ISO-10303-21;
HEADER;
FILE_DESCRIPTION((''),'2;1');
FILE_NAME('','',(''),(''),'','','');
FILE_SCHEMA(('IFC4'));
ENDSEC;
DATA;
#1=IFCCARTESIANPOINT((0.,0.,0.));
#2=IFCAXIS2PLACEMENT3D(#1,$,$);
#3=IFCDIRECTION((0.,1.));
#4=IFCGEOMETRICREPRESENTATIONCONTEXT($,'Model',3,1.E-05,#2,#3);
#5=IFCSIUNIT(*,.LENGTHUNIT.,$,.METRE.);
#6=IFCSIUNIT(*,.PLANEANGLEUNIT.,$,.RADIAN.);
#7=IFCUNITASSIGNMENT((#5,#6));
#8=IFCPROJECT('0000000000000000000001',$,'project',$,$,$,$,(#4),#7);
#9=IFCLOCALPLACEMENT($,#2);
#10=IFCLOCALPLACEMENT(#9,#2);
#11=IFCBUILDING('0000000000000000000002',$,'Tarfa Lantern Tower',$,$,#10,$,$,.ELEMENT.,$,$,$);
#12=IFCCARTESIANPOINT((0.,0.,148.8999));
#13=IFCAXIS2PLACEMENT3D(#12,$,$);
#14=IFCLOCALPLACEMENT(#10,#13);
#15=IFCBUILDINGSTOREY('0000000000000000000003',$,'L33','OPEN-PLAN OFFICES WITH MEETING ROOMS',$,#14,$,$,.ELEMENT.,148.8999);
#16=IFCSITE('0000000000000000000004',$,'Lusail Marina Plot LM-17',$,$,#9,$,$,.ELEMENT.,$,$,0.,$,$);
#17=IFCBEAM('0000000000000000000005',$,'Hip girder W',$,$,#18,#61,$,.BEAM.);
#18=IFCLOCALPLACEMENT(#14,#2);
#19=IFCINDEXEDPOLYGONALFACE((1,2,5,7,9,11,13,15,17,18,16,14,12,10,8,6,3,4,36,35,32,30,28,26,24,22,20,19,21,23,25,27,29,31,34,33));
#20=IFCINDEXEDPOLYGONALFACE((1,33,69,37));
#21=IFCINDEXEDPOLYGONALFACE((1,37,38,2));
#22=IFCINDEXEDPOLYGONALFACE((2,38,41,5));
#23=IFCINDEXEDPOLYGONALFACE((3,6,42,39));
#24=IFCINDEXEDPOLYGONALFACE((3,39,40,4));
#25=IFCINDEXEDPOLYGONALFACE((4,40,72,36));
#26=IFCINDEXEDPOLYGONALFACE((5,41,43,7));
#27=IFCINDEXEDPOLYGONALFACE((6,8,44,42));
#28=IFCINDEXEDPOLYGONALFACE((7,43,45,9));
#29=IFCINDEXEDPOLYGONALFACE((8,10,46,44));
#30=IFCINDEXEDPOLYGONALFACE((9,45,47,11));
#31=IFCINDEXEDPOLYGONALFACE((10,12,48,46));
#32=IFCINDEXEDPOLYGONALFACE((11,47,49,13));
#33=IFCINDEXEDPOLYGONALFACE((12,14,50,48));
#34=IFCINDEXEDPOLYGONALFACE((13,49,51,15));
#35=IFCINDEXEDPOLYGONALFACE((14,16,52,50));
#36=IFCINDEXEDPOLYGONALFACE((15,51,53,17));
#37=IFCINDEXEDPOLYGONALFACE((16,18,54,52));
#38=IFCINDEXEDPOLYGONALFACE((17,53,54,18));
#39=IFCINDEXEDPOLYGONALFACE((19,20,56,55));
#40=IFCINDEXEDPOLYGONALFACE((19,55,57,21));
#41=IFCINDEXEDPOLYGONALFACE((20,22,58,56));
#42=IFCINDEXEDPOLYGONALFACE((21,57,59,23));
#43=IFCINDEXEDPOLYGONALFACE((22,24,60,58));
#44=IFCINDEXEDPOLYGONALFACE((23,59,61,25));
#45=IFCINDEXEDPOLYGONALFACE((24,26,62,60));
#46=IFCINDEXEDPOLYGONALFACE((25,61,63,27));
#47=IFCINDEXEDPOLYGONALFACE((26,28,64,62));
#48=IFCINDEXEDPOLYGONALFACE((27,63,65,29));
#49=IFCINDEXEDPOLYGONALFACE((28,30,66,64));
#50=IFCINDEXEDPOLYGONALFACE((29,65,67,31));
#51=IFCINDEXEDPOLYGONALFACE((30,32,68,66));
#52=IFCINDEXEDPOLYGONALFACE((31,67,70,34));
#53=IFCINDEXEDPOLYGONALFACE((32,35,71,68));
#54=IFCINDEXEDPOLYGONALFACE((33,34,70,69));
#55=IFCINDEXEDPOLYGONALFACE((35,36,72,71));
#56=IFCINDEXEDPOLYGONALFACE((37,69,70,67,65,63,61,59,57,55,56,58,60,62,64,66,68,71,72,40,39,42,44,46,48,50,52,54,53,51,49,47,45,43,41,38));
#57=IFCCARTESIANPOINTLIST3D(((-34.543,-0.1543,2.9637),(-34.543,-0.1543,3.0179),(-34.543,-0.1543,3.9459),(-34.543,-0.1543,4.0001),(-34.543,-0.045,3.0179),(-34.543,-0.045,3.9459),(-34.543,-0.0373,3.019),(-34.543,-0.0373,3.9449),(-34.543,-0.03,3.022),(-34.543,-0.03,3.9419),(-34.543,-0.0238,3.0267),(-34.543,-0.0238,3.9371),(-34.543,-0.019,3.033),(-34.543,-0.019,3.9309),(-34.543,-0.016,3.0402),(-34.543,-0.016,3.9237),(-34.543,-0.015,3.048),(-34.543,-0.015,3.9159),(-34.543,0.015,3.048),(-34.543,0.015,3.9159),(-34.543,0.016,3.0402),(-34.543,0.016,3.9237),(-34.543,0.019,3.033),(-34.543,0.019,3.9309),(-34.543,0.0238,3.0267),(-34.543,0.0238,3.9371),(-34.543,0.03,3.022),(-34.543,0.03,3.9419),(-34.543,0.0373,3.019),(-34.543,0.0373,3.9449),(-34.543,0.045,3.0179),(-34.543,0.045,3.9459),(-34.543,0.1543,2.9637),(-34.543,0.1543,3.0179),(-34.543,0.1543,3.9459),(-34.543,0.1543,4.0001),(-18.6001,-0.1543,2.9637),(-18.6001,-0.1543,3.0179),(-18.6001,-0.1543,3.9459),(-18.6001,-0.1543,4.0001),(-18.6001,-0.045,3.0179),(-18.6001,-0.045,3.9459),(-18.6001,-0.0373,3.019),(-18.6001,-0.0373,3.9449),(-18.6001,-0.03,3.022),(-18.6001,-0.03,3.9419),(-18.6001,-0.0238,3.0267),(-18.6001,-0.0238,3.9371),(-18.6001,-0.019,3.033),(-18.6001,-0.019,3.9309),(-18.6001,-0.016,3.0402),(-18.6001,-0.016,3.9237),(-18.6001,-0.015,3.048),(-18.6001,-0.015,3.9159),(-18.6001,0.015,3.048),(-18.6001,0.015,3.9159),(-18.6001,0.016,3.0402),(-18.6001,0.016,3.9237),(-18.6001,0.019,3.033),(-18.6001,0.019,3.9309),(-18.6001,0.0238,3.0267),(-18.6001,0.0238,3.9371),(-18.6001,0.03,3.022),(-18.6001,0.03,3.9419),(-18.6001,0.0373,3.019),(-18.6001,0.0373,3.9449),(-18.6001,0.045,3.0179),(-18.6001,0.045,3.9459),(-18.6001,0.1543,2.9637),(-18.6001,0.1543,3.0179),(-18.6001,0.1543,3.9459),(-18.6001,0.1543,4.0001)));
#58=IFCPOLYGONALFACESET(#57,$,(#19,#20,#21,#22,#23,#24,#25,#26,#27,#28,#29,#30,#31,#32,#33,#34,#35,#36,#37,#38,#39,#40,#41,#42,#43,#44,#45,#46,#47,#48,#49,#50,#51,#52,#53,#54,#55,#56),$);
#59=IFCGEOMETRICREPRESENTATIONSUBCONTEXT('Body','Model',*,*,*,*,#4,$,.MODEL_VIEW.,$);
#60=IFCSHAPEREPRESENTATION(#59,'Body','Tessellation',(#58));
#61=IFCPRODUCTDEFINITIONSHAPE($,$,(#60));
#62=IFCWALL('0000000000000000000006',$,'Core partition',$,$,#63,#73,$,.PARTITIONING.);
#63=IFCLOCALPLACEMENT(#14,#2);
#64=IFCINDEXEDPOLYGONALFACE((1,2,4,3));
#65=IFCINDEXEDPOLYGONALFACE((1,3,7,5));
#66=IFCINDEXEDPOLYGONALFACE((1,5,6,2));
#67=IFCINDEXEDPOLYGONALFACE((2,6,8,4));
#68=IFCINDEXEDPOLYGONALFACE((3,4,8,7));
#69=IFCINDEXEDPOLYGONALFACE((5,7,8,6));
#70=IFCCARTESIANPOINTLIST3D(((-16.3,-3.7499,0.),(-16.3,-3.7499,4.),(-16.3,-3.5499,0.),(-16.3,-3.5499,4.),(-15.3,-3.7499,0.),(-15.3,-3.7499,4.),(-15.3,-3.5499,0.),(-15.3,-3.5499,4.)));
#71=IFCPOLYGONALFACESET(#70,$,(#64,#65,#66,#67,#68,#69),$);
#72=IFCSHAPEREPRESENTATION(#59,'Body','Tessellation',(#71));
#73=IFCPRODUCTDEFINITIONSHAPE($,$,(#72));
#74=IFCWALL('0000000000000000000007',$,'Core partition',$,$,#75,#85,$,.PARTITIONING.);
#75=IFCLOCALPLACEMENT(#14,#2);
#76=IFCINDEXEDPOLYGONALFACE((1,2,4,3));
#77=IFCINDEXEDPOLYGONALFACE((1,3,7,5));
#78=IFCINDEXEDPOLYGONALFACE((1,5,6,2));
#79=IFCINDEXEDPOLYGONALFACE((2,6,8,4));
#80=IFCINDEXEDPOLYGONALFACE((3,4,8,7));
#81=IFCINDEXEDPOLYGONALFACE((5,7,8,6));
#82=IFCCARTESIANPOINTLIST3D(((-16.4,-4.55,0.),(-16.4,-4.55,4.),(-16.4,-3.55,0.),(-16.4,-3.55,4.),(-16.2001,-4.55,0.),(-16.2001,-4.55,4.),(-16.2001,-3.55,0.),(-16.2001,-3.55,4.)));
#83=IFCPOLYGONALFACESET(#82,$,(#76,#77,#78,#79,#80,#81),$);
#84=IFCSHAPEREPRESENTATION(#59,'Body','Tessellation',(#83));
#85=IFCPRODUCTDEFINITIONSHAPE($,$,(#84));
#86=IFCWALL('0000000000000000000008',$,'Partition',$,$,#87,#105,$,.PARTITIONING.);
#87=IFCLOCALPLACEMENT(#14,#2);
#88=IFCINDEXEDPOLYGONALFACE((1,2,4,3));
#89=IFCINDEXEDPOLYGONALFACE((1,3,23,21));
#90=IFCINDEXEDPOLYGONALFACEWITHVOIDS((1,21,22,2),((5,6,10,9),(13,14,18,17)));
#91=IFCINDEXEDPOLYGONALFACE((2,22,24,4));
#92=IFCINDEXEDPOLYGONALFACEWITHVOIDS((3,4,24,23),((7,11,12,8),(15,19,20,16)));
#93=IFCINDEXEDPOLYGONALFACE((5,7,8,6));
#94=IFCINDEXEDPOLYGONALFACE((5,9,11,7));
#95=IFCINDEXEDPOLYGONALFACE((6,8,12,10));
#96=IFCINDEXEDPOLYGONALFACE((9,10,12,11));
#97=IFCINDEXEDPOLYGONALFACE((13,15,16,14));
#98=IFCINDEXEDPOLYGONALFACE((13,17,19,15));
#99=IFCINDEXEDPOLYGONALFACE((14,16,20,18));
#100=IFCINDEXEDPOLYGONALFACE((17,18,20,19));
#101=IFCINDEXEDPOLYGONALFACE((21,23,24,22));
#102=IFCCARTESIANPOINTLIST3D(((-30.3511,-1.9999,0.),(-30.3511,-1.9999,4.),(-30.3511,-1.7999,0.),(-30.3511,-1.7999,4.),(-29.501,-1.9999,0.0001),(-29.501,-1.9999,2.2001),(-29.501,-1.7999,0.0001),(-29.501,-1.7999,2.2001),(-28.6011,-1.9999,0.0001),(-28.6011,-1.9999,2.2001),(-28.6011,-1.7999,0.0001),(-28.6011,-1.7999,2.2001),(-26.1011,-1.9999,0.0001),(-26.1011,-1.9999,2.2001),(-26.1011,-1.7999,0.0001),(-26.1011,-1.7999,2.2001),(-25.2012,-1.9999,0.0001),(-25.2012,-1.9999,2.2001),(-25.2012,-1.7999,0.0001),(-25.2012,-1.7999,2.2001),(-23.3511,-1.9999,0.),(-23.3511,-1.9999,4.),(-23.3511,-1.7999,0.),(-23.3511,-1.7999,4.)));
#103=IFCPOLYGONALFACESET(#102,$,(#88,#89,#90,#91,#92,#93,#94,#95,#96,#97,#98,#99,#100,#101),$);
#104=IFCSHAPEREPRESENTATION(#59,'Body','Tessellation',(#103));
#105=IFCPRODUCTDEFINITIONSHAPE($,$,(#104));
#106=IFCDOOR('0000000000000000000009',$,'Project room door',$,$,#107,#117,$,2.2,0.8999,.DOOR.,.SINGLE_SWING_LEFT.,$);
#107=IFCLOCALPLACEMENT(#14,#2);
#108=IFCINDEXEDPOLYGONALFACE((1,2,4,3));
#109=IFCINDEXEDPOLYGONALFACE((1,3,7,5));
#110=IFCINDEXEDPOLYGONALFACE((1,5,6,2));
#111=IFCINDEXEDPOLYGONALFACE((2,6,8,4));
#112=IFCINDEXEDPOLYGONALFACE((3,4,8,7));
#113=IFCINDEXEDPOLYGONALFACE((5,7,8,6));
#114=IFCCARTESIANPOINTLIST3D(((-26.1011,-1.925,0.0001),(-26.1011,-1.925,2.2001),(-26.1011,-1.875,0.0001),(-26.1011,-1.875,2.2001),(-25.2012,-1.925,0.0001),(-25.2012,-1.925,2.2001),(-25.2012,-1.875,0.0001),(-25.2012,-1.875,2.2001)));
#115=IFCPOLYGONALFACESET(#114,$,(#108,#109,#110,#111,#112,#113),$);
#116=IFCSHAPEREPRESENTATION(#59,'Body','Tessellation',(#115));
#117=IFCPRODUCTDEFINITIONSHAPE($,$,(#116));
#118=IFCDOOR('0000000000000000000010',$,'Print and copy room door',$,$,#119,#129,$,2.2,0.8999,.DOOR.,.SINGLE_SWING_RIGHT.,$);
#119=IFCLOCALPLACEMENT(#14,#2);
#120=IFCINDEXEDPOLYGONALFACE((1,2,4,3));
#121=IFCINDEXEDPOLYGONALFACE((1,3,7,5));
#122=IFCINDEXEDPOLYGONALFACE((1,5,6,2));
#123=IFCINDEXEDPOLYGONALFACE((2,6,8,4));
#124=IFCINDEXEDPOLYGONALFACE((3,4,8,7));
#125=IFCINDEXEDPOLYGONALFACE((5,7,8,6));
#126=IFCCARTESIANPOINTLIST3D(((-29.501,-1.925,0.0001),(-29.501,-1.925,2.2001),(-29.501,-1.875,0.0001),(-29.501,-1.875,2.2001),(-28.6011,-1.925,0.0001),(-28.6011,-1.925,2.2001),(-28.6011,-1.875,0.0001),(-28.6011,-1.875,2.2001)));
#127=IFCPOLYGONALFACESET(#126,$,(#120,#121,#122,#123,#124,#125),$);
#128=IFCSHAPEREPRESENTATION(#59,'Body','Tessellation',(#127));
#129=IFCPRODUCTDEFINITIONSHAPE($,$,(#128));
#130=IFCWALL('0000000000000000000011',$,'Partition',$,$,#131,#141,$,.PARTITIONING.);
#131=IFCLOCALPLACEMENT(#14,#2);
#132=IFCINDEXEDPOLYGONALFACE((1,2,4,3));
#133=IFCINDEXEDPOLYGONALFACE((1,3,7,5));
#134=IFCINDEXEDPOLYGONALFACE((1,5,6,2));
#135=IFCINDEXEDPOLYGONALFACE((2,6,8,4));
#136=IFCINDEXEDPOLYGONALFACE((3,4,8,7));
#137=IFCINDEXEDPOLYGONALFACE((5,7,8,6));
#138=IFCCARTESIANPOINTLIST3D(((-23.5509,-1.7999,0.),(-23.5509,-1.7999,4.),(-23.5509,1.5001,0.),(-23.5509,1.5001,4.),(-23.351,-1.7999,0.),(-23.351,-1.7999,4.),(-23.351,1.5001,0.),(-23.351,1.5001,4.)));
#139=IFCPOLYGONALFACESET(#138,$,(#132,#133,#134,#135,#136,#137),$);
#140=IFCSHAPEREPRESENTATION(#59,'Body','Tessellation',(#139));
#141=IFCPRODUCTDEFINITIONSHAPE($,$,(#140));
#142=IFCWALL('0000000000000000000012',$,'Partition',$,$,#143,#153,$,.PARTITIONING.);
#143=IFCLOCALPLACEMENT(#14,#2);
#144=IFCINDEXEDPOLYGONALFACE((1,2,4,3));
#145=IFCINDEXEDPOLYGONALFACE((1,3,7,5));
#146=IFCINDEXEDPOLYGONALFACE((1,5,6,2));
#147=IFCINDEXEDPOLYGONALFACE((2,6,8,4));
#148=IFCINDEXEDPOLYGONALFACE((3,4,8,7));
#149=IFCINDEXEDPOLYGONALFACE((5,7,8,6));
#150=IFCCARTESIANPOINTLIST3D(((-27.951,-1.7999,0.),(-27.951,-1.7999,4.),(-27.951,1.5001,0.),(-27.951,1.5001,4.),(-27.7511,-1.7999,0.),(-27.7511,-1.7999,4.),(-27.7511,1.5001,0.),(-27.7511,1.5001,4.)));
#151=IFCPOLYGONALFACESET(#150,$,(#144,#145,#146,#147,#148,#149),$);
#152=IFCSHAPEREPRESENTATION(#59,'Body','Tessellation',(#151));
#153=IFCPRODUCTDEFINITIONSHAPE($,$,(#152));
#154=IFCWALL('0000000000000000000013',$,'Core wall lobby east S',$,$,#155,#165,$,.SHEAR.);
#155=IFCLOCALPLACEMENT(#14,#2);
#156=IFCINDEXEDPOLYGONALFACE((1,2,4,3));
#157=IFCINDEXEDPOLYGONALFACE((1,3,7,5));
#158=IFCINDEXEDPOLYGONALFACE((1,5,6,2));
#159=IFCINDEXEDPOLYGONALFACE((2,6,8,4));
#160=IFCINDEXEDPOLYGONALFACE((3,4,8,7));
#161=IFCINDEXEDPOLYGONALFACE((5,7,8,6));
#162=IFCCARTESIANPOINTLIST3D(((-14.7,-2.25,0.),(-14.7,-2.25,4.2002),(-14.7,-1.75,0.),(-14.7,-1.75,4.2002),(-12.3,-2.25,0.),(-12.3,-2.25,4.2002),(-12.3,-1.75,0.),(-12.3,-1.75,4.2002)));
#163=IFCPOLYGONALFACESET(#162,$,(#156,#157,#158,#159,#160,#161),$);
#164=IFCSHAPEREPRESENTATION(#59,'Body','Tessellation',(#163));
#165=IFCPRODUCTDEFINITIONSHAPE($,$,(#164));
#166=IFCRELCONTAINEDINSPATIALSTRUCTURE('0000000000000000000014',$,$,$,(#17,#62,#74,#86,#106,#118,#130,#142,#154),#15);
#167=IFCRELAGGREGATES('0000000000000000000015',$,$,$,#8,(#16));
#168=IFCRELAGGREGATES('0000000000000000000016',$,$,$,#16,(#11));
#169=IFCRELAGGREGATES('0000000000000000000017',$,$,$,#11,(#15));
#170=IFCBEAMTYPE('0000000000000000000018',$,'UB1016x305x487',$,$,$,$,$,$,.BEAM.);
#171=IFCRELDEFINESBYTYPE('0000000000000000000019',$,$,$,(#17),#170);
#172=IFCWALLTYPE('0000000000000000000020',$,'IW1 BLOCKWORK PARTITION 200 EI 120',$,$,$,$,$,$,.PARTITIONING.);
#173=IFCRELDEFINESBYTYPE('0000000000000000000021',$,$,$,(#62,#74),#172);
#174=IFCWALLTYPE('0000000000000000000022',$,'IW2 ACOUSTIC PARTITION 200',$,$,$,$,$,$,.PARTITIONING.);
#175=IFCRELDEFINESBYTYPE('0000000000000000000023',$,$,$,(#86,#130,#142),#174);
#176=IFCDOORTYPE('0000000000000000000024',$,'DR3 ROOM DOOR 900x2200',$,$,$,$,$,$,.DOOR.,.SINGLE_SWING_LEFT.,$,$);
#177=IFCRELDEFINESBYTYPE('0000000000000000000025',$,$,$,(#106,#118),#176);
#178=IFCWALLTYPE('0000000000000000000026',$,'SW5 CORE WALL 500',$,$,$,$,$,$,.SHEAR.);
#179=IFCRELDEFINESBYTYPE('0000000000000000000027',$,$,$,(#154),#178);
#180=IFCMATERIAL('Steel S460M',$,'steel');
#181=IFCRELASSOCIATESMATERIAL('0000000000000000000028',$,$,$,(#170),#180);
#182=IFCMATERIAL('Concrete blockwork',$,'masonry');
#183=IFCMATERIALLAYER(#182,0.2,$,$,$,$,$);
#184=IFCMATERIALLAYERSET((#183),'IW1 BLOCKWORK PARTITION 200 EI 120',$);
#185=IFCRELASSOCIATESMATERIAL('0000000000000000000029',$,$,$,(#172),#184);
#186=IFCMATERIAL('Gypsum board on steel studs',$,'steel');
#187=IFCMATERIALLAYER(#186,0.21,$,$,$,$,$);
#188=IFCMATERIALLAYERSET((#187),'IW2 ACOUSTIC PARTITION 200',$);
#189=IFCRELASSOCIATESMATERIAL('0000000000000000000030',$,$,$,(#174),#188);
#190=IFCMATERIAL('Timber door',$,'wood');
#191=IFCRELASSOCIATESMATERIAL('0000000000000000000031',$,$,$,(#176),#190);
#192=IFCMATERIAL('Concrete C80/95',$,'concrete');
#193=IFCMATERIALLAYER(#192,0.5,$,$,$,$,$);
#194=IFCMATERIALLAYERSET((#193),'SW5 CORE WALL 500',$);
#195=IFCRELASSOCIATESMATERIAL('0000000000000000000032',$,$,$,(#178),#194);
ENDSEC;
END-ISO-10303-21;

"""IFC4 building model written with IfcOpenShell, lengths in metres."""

from ifc_helpers import new_model, si_unit, direction, frame, frame_2d, origin, origin_2d, place, context, subcontext, project, spatial, rectangle, i_section, extrude, material, layer, layer_set, material_profile, profile_set, type_object, element, fill, save


model = new_model("IFC4")

# Units and contexts
model_context = context("Model", 3, precision=1e-05, world=origin(), true_north=direction((0.0, 1.0)))
body_context = subcontext(model_context, "Body", "Model", "MODEL_VIEW")
ifc_project = project(units=[si_unit("LENGTHUNIT", "METRE"), si_unit("PLANEANGLEUNIT", "RADIAN")], contexts=[model_context])

# Site, building, storey
site_placement = place(None, origin())
site = spatial("IfcSite", under=ifc_project, at=site_placement, Name="Lusail Marina Plot LM-17", CompositionType="ELEMENT", RefElevation=0.0)
building_placement = place(site_placement, origin())
building = spatial("IfcBuilding", under=site, at=building_placement, Name="Tarfa Lantern Tower", CompositionType="ELEMENT")
storey_placement = place(building_placement, frame((0.0, 0.0, 148.8999)))
storey = spatial("IfcBuildingStorey", under=building, at=storey_placement, Name="L33", Description="OPEN-PLAN OFFICES WITH MEETING ROOMS", CompositionType="ELEMENT", Elevation=148.8999)

# Beam
ifc_material_1 = material(Name="Steel S460M", Category="steel")
ifc_material_profile = material_profile(ifc_material_1, i_section(OverallWidth=0.3086, OverallDepth=1.0364, WebThickness=0.03, FlangeThickness=0.0542, FilletRadius=0.03, at=origin_2d()), Name="UB1016x305x487")
ifc_profile_set = profile_set([ifc_material_profile], Name="Steel S460M")
beam_type = type_object("IfcBeamType", Name="UB1016x305x487", PredefinedType="BEAM", material=ifc_profile_set)
beam_placement = place(storey_placement, frame((-18.6001, 0.0, 3.4819), z_axis=(-1.0, 0.0, 0.0), x_axis=(0.0, -1.0, 0.0)))
element("IfcBeam", 1, at=beam_placement, inside=storey, type_object=beam_type, Name="Hip girder W", PredefinedType="BEAM", context=body_context, shape_type="SweptSolid", body=[
    extrude(i_section(OverallWidth=0.3086, OverallDepth=1.0364, WebThickness=0.03, FlangeThickness=0.0542, FilletRadius=0.03, at=origin_2d()), origin(), (0.0, 0.0, 1.0), 15.9429),
])

# Walls
ifc_material_2 = material(Name="Concrete blockwork", Category="masonry")
ifc_layer_1 = layer(ifc_material_2, 0.2)
ifc_layer_set_1 = layer_set([ifc_layer_1], Name="IW1 BLOCKWORK PARTITION 200 EI 120")
wall_type_1 = type_object("IfcWallType", Name="IW1 BLOCKWORK PARTITION 200 EI 120", PredefinedType="PARTITIONING", material=ifc_layer_set_1)
for number, where, z_axis, x_axis, name in (
    (2, (-15.3, -3.6499, 0.0), (0.0, 0.0, 1.0), (-1.0, 0.0, 0.0), "Core partition"),
    (3, (-16.3, -3.55, 0.0), (0.0, 0.0, 1.0), (0.0, -1.0, 0.0), "Core partition"),
):
    element("IfcWall", number, at=place(storey_placement, frame(where, z_axis=z_axis, x_axis=x_axis)), inside=storey, type_object=wall_type_1, Name=name, PredefinedType="PARTITIONING", context=body_context, shape_type="SweptSolid", body=[
        extrude(rectangle(XDim=1.0, YDim=0.2, at=frame_2d((0.5, 0.0))), origin(), (0.0, 0.0, 1.0), 4.0),
    ])

# Wall, openings, doors
ifc_material_3 = material(Name="Gypsum board on steel studs", Category="steel")
ifc_layer_2 = layer(ifc_material_3, 0.21)
ifc_layer_set_2 = layer_set([ifc_layer_2], Name="IW2 ACOUSTIC PARTITION 200")
wall_type_2 = type_object("IfcWallType", Name="IW2 ACOUSTIC PARTITION 200", PredefinedType="PARTITIONING", material=ifc_layer_set_2)
wall_1_placement = place(storey_placement, frame((-23.3511, -1.8999, 0.0), z_axis=(0.0, 0.0, 1.0), x_axis=(-1.0, 0.0, 0.0)))
wall_1 = element("IfcWall", 4, at=wall_1_placement, inside=storey, type_object=wall_type_2, Name="Partition", PredefinedType="PARTITIONING", context=body_context, shape_type="SweptSolid", body=[
    extrude(rectangle(XDim=7.0, YDim=0.2, at=frame_2d((3.5, 0.0))), origin(), (0.0, 0.0, 1.0), 4.0),
])
opening_1_placement = place(wall_1_placement, frame((1.8501, 0.0, 0.0)))
opening_1 = element("IfcOpeningElement", 5, at=opening_1_placement, cuts=wall_1, PredefinedType="OPENING", context=body_context, shape_type="SweptSolid", body=[
    extrude(rectangle(XDim=0.8999, YDim=2.2, at=frame_2d((0.45, 1.1001))), frame((0.0, 0.1099, 0.0), z_axis=(0.0, -1.0, 0.0), x_axis=(1.0, 0.0, 0.0)), (0.0, 0.0, 1.0), 0.22),
])
opening_2_placement = place(wall_1_placement, frame((5.25, 0.0, 0.0)))
opening_2 = element("IfcOpeningElement", 6, at=opening_2_placement, cuts=wall_1, PredefinedType="OPENING", context=body_context, shape_type="SweptSolid", body=[
    extrude(rectangle(XDim=0.8999, YDim=2.2, at=frame_2d((0.45, 1.1001))), frame((0.0, 0.1099, 0.0), z_axis=(0.0, -1.0, 0.0), x_axis=(1.0, 0.0, 0.0)), (0.0, 0.0, 1.0), 0.22),
])
ifc_material_4 = material(Name="Timber door", Category="wood")
door_type_1 = type_object("IfcDoorType", Name="DR3 ROOM DOOR 900x2200", OperationType="SINGLE_SWING_LEFT", PredefinedType="DOOR", material=ifc_material_4)
door_1_placement = place(opening_1_placement, frame((0.8999, 0.0, 0.0), z_axis=(0.0, 0.0, 1.0), x_axis=(-1.0, 0.0, 0.0)))
door_1 = element("IfcDoor", 7, at=door_1_placement, inside=storey, type_object=door_type_1, Name="Project room door", OperationType="SINGLE_SWING_LEFT", OverallHeight=2.2, OverallWidth=0.8999, PredefinedType="DOOR", context=body_context, shape_type="SweptSolid", body=[
    extrude(rectangle(XDim=0.8999, YDim=2.2, at=frame_2d((0.45, 1.1001))), frame((0.0, 0.0249, 0.0), z_axis=(0.0, -1.0, 0.0), x_axis=(1.0, 0.0, 0.0)), (0.0, 0.0, 1.0), 0.05),
])
fill(opening_1, door_1)
door_2_placement = place(opening_2_placement, frame((0.8999, 0.0, 0.0), z_axis=(0.0, 0.0, 1.0), x_axis=(-1.0, 0.0, 0.0)))
door_2 = element("IfcDoor", 8, at=door_2_placement, inside=storey, type_object=door_type_1, Name="Print and copy room door", OperationType="SINGLE_SWING_RIGHT", OverallHeight=2.2, OverallWidth=0.8999, PredefinedType="DOOR", context=body_context, shape_type="SweptSolid", body=[
    extrude(rectangle(XDim=0.8999, YDim=2.2, at=frame_2d((0.45, 1.1001))), frame((0.0, 0.0249, 0.0), z_axis=(0.0, -1.0, 0.0), x_axis=(1.0, 0.0, 0.0)), (0.0, 0.0, 1.0), 0.05),
])
fill(opening_2, door_2)

# Walls
for number, where, z_axis, x_axis, name in (
    (9, (-23.4509, 1.5, 0.0), (0.0, 0.0, 1.0), (0.0, -1.0, 0.0), "Partition"),
    (10, (-27.8511, 1.5, 0.0), (0.0, 0.0, 1.0), (0.0, -1.0, 0.0), "Partition"),
):
    element("IfcWall", number, at=place(storey_placement, frame(where, z_axis=z_axis, x_axis=x_axis)), inside=storey, type_object=wall_type_2, Name=name, PredefinedType="PARTITIONING", context=body_context, shape_type="SweptSolid", body=[
        extrude(rectangle(XDim=3.3, YDim=0.2, at=frame_2d((1.6499, 0.0))), origin(), (0.0, 0.0, 1.0), 4.0),
    ])
ifc_material_5 = material(Name="Concrete C80/95", Category="concrete")
ifc_layer_3 = layer(ifc_material_5, 0.5)
ifc_layer_set_3 = layer_set([ifc_layer_3], Name="SW5 CORE WALL 500")
wall_type_3 = type_object("IfcWallType", Name="SW5 CORE WALL 500", PredefinedType="SHEAR", material=ifc_layer_set_3)
wall_2_placement = place(storey_placement, frame((-12.3, -2.0, 0.0), z_axis=(0.0, 0.0, 1.0), x_axis=(-1.0, 0.0, 0.0)))
element("IfcWall", 11, at=wall_2_placement, inside=storey, type_object=wall_type_3, Name="Core wall lobby east S", PredefinedType="SHEAR", context=body_context, shape_type="SweptSolid", body=[
    extrude(rectangle(XDim=2.3999, YDim=0.5, at=frame_2d((1.2, 0.0))), origin(), (0.0, 0.0, 1.0), 4.2002),
])

save(model, "model.ifc")
